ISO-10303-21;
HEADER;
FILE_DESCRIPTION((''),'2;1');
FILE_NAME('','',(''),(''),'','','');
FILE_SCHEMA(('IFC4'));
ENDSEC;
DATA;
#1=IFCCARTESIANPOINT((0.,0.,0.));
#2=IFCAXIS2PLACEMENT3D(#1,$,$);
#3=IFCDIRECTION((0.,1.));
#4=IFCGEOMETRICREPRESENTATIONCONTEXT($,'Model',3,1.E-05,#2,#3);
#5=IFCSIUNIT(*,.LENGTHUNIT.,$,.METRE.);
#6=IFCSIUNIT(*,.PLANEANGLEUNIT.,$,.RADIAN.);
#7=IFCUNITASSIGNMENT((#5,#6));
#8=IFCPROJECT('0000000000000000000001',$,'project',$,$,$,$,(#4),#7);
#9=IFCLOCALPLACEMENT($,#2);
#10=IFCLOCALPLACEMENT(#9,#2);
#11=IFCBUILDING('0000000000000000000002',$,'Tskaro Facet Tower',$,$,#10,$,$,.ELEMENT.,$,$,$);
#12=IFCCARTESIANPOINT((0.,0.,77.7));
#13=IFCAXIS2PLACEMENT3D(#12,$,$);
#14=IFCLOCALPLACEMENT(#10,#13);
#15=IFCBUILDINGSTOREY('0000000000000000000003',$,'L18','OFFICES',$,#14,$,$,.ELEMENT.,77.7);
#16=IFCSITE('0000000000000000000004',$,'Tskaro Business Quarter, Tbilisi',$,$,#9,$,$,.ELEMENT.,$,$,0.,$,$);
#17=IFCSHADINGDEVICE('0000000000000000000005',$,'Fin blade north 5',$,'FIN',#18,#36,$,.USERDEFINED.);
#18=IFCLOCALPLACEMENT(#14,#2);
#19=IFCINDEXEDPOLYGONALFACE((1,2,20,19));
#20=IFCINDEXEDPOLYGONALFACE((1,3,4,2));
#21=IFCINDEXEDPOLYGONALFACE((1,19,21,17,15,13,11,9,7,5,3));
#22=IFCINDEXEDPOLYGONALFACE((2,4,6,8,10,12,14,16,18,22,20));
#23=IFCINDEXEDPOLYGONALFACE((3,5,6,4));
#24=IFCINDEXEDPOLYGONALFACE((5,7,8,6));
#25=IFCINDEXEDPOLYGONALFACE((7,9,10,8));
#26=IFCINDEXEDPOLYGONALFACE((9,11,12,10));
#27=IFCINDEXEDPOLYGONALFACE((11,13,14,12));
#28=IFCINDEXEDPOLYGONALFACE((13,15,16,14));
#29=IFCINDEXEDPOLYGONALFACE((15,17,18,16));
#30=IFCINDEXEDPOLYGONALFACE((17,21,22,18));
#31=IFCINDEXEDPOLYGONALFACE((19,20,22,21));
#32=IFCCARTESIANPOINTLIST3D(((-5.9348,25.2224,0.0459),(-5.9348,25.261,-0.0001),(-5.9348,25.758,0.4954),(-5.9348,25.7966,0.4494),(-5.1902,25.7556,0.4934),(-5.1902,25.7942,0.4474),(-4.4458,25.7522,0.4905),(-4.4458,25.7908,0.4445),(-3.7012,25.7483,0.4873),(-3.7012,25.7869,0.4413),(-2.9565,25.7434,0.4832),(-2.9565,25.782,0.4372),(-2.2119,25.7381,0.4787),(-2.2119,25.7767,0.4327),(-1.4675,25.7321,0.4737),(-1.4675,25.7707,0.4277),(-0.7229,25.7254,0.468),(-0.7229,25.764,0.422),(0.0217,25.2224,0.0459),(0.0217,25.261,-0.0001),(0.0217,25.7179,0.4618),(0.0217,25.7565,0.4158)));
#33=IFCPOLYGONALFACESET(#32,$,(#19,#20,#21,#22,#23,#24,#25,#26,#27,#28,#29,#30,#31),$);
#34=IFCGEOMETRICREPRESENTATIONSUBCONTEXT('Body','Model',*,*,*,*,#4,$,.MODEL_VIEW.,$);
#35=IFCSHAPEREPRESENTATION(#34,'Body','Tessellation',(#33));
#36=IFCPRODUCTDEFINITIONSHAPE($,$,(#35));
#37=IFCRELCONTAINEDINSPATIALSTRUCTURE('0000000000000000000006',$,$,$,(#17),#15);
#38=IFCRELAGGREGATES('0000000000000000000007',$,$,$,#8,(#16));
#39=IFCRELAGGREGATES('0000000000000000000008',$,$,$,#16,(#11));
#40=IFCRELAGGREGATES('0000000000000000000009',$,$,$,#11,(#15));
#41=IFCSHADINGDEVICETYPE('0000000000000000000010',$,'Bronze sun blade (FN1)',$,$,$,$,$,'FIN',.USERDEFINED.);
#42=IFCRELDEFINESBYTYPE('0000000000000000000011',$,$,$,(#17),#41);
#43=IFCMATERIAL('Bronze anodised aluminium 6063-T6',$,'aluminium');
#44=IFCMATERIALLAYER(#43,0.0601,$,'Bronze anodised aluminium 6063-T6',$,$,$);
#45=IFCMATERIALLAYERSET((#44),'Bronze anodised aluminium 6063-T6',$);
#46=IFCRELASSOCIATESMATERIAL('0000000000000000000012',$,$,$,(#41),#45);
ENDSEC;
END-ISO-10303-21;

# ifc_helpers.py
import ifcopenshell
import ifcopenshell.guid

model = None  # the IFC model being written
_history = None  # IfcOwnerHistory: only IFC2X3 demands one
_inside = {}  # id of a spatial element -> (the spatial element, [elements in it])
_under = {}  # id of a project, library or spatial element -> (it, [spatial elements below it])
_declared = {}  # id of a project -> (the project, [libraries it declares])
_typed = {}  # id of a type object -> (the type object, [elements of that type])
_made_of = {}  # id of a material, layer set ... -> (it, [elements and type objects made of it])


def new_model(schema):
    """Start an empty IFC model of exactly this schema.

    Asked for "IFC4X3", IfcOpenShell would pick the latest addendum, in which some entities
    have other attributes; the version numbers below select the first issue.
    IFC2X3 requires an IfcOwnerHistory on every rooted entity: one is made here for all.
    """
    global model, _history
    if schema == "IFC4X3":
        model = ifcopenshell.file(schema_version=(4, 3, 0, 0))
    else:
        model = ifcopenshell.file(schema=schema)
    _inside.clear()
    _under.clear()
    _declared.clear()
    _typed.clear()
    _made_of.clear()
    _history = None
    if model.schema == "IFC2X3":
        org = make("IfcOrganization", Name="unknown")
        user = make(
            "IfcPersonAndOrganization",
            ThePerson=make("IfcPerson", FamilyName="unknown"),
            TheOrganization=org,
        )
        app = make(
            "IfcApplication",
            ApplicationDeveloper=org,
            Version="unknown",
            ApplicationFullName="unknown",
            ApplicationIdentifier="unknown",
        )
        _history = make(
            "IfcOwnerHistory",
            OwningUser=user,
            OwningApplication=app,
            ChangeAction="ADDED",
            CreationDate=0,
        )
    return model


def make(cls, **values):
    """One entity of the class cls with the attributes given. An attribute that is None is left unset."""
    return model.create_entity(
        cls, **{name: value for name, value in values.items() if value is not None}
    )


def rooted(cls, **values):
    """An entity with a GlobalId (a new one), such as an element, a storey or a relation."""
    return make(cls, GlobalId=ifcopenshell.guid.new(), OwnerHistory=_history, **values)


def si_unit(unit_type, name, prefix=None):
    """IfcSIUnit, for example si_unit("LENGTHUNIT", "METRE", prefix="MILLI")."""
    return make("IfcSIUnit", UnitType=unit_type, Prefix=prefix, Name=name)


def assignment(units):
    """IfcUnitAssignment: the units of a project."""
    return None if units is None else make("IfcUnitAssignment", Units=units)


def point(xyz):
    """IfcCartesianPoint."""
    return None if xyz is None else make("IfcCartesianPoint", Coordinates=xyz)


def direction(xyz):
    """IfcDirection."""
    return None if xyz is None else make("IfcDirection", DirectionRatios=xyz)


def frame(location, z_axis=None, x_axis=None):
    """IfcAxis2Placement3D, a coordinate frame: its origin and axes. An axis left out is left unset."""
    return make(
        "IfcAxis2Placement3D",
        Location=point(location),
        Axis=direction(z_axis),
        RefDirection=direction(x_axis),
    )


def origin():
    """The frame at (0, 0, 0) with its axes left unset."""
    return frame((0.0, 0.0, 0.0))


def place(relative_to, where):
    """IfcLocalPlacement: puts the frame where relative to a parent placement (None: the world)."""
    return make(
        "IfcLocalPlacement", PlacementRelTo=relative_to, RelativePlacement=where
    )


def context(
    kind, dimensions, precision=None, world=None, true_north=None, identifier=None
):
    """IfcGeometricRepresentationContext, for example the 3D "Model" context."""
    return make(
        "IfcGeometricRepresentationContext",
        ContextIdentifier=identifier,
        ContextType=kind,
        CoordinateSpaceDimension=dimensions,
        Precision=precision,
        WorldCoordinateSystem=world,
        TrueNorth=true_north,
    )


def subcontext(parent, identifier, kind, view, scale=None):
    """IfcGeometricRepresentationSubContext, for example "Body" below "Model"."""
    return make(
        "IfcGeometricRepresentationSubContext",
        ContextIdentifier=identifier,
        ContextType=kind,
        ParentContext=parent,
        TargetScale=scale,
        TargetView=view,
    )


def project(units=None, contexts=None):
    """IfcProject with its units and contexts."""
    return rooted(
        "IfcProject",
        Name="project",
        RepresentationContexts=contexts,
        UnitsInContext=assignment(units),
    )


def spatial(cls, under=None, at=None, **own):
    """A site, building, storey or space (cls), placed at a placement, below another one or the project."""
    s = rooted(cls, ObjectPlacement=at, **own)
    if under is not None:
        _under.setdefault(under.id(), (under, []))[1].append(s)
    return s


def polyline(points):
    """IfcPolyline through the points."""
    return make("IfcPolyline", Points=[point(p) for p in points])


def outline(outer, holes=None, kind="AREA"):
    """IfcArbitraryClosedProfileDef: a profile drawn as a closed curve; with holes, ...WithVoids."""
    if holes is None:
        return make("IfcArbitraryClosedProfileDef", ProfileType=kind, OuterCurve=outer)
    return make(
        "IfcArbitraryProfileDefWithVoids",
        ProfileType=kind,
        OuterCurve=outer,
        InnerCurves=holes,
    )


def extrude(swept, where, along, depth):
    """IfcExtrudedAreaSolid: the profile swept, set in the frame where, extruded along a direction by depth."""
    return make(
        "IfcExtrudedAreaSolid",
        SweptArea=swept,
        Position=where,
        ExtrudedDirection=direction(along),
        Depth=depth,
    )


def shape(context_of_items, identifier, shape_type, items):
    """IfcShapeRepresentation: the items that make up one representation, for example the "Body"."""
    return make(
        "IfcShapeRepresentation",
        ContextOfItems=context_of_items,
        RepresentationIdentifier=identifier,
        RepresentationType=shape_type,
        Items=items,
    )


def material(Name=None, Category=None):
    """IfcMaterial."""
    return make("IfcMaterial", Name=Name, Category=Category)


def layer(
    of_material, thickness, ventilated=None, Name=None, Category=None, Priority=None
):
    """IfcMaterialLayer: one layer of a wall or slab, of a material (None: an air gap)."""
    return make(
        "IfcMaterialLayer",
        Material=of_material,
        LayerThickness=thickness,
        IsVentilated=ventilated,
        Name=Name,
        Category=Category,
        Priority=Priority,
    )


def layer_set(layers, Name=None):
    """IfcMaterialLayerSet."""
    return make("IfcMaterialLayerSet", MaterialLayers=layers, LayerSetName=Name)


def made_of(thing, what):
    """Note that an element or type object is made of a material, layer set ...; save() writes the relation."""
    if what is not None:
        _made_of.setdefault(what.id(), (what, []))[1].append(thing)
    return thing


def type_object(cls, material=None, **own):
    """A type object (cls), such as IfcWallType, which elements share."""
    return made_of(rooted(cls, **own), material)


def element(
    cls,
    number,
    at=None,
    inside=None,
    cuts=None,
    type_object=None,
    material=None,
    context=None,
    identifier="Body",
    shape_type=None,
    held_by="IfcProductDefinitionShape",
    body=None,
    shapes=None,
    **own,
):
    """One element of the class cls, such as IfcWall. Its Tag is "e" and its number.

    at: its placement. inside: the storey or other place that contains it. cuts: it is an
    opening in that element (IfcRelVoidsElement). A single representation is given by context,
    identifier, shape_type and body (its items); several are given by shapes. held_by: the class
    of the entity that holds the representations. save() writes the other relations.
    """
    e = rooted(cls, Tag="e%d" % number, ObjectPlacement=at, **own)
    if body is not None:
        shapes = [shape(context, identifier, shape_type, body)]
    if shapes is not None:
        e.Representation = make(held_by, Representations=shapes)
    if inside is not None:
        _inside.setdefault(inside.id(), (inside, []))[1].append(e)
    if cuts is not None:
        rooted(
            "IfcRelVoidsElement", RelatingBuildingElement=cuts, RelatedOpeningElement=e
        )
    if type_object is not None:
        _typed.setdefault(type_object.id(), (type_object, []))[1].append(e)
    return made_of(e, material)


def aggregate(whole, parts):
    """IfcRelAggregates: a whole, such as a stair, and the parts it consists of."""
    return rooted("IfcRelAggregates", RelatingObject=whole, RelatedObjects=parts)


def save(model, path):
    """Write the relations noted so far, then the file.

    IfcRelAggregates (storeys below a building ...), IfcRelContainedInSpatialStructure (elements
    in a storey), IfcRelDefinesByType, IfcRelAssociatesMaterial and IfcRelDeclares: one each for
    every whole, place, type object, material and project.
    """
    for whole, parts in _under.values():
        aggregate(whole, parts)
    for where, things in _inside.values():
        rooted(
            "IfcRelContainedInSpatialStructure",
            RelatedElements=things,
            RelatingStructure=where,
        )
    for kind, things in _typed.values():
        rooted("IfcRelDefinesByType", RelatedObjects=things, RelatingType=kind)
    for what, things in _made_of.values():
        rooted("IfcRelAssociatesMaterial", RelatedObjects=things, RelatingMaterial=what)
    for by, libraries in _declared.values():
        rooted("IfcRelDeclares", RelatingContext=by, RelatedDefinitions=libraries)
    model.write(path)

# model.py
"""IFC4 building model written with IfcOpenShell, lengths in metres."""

from ifc_helpers import new_model, si_unit, direction, frame, origin, place, context, subcontext, project, spatial, polyline, outline, extrude, material, layer, layer_set, type_object, element, save


model = new_model("IFC4")

# Units and contexts
model_context = context("Model", 3, precision=1e-05, world=origin(), true_north=direction((0.0, 1.0)))
body_context = subcontext(model_context, "Body", "Model", "MODEL_VIEW")
ifc_project = project(units=[si_unit("LENGTHUNIT", "METRE"), si_unit("PLANEANGLEUNIT", "RADIAN")], contexts=[model_context])

# Site, building, storey
site_placement = place(None, origin())
site = spatial("IfcSite", under=ifc_project, at=site_placement, Name="Tskaro Business Quarter, Tbilisi", CompositionType="ELEMENT", RefElevation=0.0)
building_placement = place(site_placement, origin())
building = spatial("IfcBuilding", under=site, at=building_placement, Name="Tskaro Facet Tower", CompositionType="ELEMENT")
storey_placement = place(building_placement, frame((0.0, 0.0, 77.7)))
storey = spatial("IfcBuildingStorey", under=building, at=storey_placement, Name="L18", Description="OFFICES", CompositionType="ELEMENT", Elevation=77.7)

# Shared definitions
ifc_material_1 = material(Name="Bronze anodised aluminium 6063-T6", Category="aluminium")

# Shading device
ifc_layer_1 = layer(ifc_material_1, 0.0601, Name="Bronze anodised aluminium 6063-T6")
ifc_layer_set_1 = layer_set([ifc_layer_1], Name="Bronze anodised aluminium 6063-T6")
shading_device_type = type_object("IfcShadingDeviceType", Name="Bronze sun blade (FN1)", ElementType="FIN", PredefinedType="USERDEFINED", material=ifc_layer_set_1)
shading_device_1_placement = place(storey_placement, frame((0.0217, 25.2224, 0.0459), z_axis=(0.000005, -0.642855, 0.765988), x_axis=(-1.0, -0.000003, 0.000004)))
element("IfcShadingDevice", 1, at=shading_device_1_placement, inside=storey, type_object=shading_device_type, Name="Fin blade north 5", ObjectType="FIN", PredefinedType="USERDEFINED", context=body_context, shape_type="SweptSolid", body=[
    extrude(outline(polyline([(0.0, 0.0), (5.9565, 0.0), (5.9565, -0.6992), (5.2119, -0.6961), (4.4675, -0.6916), (3.7229, -0.6866), (2.9783, -0.6802), (2.2336, -0.6732), (1.4893, -0.6654), (0.7446, -0.6566), (0.0, -0.6469), (0.0, 0.0)])), origin(), (0.0, 0.0, -1.0), 0.0601),
])

save(model, "model.ifc")
